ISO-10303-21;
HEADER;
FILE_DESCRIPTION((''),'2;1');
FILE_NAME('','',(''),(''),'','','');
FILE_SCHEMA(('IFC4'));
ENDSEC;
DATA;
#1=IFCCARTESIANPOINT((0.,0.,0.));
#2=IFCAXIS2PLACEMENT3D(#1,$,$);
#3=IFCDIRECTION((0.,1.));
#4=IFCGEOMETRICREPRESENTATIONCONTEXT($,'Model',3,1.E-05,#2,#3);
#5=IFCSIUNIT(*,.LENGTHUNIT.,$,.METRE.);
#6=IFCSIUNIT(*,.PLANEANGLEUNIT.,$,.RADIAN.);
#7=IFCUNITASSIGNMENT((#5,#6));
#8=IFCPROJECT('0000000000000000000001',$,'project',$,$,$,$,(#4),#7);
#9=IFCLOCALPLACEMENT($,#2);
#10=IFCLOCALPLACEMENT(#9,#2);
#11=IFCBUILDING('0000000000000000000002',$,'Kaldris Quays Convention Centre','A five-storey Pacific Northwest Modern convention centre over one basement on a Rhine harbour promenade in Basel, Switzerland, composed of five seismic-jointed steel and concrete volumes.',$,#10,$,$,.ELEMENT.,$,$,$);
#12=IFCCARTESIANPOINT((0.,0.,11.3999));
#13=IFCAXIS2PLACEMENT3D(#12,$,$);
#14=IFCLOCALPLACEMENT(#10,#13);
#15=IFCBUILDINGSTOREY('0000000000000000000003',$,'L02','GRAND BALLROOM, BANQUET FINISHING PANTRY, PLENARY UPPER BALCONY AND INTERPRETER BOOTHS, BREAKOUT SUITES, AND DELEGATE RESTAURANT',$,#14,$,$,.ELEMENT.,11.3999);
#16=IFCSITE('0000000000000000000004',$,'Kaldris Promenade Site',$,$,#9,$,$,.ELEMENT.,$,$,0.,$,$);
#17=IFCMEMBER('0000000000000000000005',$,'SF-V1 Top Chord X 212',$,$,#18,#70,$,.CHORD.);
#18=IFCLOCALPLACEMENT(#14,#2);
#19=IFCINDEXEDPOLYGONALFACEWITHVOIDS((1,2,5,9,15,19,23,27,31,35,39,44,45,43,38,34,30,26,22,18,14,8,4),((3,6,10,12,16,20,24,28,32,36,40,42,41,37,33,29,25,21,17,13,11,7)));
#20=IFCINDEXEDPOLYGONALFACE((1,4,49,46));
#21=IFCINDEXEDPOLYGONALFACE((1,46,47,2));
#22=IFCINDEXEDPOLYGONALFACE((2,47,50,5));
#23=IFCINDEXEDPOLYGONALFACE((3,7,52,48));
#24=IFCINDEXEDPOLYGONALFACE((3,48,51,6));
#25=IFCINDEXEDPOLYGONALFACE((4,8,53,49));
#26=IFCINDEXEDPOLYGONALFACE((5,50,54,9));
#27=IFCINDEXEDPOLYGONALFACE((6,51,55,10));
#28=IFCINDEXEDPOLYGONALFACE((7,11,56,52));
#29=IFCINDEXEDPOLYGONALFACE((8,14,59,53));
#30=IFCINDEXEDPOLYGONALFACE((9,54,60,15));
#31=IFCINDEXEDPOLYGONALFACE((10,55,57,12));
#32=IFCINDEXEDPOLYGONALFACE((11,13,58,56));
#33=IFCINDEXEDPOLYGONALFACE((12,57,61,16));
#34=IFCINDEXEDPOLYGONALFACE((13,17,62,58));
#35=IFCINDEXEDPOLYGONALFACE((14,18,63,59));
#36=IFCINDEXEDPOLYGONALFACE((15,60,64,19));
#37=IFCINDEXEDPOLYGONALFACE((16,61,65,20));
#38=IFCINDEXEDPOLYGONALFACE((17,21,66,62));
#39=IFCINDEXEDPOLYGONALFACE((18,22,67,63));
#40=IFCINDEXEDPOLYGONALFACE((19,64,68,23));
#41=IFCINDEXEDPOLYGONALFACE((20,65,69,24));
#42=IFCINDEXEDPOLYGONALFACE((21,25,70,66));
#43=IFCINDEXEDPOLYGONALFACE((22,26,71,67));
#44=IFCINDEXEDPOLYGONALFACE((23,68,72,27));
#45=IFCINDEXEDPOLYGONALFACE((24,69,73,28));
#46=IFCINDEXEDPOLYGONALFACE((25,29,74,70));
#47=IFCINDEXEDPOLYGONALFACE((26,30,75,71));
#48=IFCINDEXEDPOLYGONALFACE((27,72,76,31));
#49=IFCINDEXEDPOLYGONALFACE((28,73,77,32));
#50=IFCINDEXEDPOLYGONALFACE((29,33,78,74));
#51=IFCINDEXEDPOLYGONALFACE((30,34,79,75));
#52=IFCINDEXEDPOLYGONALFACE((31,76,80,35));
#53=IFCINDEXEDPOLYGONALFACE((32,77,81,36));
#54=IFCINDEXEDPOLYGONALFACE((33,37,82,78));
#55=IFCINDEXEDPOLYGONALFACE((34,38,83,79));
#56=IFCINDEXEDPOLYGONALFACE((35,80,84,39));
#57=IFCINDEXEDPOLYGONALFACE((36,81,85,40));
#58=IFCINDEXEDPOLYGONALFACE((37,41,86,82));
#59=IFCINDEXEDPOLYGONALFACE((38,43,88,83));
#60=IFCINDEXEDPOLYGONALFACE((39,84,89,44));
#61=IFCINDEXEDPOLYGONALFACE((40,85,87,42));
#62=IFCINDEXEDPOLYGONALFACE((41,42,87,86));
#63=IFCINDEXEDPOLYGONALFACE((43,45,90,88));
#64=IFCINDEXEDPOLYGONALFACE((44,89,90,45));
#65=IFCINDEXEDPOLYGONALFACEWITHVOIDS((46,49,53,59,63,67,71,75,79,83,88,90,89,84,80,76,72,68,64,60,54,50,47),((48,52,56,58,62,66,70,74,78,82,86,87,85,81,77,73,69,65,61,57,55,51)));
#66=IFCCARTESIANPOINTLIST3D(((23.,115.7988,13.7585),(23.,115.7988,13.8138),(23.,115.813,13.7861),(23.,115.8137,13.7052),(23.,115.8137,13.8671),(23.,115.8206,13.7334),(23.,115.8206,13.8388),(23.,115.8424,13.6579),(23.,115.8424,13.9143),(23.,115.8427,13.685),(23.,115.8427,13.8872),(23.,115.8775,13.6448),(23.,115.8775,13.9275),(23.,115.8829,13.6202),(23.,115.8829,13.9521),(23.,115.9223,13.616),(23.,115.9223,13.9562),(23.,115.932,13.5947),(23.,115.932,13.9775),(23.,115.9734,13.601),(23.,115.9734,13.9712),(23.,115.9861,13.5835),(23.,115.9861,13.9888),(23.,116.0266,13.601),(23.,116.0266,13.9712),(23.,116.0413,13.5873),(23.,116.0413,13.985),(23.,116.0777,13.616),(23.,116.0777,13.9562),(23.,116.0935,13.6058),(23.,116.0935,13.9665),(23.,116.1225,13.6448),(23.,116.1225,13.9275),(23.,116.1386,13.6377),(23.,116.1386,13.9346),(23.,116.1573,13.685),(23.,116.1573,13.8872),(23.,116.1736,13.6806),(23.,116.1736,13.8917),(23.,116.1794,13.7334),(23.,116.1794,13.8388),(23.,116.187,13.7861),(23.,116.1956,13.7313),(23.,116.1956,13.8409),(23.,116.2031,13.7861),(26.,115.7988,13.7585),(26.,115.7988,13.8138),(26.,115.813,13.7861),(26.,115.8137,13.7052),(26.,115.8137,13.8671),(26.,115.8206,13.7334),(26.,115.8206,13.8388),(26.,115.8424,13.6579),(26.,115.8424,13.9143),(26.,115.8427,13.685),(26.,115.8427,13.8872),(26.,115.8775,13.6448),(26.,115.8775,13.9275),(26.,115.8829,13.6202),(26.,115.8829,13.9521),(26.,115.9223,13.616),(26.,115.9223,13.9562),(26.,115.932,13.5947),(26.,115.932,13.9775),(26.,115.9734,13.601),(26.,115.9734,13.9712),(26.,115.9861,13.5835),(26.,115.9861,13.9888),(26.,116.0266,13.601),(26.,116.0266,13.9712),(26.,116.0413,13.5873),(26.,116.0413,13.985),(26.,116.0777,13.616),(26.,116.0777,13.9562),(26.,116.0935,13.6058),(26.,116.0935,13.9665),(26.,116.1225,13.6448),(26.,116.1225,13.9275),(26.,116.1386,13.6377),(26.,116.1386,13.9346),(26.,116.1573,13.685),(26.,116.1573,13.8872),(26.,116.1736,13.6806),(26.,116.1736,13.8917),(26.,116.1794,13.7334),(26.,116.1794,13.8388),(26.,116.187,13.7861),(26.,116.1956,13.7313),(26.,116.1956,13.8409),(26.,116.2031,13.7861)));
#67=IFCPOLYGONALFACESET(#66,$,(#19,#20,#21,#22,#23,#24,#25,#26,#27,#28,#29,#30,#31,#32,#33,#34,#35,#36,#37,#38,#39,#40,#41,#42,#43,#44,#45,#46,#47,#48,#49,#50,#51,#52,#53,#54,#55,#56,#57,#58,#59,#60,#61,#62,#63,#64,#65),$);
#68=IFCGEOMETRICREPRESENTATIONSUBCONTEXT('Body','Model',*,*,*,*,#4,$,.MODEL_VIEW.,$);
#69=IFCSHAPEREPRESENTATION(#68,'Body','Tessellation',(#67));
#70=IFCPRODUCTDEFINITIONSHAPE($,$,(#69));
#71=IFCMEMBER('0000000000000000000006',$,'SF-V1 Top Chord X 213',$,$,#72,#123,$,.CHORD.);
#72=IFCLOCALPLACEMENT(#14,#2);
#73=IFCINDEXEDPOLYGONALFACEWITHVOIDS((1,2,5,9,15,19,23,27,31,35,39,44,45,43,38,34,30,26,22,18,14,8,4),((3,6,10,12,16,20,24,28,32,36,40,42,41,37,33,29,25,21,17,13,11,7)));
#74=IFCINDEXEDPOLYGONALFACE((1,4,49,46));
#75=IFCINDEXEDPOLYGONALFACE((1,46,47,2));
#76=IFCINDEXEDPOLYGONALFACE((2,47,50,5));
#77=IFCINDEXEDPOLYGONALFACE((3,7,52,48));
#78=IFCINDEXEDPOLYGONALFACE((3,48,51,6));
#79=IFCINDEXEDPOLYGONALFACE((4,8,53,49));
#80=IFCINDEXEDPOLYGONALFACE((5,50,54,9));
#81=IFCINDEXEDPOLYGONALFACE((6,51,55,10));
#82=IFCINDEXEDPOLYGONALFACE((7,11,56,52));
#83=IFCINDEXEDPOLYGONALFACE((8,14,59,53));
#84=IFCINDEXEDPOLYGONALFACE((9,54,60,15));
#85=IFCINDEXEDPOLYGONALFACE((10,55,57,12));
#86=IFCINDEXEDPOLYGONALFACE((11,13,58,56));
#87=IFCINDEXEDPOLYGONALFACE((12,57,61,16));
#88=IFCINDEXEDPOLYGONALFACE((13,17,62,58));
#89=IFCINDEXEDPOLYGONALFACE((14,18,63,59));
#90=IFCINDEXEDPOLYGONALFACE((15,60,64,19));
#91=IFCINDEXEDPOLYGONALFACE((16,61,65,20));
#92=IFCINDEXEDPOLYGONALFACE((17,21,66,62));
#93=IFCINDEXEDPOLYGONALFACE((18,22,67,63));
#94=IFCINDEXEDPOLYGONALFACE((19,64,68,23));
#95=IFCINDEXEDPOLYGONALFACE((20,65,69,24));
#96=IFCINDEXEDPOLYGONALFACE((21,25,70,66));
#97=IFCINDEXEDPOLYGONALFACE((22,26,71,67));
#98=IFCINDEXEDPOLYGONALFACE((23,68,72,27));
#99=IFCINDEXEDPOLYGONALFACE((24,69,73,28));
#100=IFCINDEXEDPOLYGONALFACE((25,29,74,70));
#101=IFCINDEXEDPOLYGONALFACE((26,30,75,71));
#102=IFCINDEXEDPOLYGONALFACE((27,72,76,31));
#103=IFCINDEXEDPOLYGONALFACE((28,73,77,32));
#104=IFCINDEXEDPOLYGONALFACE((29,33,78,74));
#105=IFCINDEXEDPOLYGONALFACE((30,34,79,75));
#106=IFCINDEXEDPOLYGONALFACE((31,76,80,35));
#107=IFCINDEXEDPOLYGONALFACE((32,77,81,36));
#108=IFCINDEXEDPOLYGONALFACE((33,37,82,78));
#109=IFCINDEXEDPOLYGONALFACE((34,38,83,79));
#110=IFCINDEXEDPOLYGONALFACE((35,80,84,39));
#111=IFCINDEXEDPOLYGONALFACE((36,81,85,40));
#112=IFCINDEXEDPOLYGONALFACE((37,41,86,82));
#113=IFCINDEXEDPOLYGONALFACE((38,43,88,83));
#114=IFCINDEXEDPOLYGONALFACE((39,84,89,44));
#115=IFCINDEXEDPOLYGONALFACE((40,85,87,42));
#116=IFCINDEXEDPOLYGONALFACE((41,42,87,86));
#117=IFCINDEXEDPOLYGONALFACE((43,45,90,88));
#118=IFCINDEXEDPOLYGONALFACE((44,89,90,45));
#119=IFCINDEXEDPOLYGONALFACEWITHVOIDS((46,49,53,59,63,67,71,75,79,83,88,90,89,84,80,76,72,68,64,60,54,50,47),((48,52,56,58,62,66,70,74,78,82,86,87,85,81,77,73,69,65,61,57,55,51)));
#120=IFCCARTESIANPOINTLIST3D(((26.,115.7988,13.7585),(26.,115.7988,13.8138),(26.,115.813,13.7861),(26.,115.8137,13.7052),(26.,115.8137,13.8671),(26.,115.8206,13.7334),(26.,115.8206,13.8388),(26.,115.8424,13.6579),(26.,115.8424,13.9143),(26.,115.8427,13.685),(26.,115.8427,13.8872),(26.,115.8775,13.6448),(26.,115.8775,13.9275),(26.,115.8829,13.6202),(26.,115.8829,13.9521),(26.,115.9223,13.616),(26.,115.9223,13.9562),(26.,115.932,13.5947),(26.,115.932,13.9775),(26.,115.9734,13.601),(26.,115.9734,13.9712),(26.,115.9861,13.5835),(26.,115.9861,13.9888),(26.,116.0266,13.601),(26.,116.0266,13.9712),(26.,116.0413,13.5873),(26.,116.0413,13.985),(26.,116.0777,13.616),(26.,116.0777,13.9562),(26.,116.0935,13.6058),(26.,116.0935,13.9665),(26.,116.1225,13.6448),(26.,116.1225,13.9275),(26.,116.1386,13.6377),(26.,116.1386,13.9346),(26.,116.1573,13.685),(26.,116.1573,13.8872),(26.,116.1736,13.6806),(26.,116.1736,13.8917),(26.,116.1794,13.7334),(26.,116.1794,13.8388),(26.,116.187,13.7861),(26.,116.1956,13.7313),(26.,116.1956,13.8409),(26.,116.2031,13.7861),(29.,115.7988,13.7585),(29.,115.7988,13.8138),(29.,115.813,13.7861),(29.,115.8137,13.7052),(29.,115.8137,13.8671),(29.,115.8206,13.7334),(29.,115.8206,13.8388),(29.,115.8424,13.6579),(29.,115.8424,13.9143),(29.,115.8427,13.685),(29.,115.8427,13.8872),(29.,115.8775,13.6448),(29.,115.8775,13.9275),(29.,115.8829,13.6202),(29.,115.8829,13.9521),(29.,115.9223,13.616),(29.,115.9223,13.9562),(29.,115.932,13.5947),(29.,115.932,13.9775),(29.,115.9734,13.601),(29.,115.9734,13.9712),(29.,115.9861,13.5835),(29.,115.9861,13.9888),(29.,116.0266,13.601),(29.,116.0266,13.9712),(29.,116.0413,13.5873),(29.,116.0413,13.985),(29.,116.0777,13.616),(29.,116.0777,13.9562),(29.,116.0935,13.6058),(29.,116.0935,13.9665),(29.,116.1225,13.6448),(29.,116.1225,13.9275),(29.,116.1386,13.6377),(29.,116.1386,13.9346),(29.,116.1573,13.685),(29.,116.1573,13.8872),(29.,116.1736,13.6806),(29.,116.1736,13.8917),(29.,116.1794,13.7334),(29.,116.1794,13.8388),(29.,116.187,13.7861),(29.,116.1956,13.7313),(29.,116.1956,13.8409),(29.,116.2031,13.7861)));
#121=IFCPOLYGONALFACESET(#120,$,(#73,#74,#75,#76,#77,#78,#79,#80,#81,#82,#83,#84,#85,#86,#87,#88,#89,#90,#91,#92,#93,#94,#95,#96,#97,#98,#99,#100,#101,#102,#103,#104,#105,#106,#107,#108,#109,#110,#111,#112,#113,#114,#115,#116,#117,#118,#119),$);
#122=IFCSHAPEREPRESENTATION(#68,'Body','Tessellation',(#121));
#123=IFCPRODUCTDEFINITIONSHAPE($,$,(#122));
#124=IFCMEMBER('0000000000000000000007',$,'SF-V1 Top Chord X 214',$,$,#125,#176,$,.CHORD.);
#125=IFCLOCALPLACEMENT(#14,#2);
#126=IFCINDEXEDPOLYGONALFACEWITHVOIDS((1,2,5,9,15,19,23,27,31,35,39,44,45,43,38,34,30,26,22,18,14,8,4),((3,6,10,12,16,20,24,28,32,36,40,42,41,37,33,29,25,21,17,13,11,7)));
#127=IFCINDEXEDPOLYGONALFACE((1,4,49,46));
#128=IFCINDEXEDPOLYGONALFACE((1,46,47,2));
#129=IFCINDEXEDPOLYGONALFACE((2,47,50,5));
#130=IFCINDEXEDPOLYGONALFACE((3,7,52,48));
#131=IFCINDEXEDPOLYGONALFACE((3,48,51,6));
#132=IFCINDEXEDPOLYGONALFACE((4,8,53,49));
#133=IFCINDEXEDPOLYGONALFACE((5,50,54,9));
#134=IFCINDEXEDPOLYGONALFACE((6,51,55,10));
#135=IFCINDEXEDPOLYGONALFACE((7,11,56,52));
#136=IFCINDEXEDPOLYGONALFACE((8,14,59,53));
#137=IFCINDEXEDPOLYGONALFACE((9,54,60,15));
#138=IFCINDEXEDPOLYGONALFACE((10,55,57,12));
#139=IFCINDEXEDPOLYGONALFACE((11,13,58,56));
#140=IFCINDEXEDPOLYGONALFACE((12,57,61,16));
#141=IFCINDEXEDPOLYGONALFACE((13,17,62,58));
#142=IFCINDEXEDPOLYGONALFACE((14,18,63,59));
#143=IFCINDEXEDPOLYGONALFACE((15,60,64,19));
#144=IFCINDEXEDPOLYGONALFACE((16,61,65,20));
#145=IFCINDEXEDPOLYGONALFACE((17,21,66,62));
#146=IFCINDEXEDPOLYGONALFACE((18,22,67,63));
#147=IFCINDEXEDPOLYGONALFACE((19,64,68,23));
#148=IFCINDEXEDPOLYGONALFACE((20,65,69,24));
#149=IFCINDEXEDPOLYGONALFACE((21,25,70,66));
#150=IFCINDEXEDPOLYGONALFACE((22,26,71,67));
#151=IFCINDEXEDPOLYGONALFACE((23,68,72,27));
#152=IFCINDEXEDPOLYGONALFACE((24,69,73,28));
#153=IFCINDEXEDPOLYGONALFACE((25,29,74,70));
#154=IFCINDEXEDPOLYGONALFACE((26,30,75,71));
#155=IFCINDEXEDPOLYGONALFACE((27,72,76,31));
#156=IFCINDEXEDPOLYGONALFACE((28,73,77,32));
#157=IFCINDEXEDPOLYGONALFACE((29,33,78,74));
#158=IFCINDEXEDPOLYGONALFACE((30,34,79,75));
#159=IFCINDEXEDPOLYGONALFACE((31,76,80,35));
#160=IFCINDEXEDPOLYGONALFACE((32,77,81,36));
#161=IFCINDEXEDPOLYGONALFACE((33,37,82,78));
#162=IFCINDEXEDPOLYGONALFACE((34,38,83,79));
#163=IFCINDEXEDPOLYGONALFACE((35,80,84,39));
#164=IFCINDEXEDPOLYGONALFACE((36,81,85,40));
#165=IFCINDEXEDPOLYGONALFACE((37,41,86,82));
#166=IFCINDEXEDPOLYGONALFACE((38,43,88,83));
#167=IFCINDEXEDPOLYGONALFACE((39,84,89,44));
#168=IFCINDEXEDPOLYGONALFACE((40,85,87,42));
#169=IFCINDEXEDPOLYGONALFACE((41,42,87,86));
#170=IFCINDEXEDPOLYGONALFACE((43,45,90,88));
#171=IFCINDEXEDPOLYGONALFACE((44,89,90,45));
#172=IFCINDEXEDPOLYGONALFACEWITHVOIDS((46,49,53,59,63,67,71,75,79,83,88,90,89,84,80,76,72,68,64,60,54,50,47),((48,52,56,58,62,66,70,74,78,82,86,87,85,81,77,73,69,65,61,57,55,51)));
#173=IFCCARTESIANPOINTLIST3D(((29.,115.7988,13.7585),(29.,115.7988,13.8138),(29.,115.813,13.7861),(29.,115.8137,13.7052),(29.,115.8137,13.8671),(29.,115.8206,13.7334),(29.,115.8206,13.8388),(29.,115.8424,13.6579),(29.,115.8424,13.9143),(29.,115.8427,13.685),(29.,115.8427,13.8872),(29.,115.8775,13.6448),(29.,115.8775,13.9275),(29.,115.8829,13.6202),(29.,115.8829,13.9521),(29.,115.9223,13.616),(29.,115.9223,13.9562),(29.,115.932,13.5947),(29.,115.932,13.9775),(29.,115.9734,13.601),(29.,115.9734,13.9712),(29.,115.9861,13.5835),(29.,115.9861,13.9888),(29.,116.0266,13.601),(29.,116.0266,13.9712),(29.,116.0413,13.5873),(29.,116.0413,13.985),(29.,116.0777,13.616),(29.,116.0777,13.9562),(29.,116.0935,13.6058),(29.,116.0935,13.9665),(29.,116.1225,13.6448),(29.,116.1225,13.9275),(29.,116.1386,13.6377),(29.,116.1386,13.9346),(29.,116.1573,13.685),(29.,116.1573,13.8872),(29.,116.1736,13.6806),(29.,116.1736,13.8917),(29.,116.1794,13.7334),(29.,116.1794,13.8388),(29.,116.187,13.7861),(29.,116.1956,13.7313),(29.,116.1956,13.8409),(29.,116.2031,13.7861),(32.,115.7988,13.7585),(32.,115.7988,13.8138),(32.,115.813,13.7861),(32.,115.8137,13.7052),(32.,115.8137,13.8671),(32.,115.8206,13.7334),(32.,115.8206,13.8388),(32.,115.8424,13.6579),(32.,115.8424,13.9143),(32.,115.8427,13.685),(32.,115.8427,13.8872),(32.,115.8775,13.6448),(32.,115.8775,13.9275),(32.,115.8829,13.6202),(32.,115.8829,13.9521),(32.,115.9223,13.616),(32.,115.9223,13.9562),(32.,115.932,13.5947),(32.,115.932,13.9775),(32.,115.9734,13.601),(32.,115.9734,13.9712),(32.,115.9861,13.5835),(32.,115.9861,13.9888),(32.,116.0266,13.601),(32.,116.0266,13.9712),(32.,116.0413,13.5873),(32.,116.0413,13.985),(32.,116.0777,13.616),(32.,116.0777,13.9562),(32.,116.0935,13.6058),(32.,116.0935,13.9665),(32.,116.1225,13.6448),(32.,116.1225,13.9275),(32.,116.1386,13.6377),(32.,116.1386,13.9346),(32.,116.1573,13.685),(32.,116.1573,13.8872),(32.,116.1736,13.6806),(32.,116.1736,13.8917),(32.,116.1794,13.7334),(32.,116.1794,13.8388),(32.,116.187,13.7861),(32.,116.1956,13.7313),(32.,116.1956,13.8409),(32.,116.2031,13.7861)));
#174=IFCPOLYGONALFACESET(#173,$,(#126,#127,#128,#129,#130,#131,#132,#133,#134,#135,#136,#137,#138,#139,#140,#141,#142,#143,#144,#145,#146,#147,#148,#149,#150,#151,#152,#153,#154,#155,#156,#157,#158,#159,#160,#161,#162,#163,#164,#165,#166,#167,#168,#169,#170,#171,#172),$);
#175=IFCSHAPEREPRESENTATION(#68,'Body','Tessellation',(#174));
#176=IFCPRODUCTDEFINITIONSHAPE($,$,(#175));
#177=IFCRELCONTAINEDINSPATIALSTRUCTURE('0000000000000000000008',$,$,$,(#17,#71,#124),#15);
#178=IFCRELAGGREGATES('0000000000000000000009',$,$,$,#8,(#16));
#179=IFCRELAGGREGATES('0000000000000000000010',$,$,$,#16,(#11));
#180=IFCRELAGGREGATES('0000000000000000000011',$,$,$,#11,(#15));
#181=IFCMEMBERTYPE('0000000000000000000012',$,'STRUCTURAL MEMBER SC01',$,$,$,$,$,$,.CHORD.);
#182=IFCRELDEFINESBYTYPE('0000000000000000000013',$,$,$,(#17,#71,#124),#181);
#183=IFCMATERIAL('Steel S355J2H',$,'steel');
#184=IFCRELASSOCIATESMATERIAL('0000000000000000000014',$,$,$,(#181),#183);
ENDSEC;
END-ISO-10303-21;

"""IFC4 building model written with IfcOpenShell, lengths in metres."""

from ifc_helpers import new_model, si_unit, direction, frame, origin, origin_2d, place, context, subcontext, project, spatial, hollow_circle, extrude, material, material_profile, profile_set, type_object, element, save


model = new_model("IFC4")

# Units and contexts
model_context = context("Model", 3, precision=1e-05, world=origin(), true_north=direction((0.0, 1.0)))
body_context = subcontext(model_context, "Body", "Model", "MODEL_VIEW")
ifc_project = project(units=[si_unit("LENGTHUNIT", "METRE"), si_unit("PLANEANGLEUNIT", "RADIAN")], contexts=[model_context])

# Site, building, storey
site_placement = place(None, origin())
site = spatial("IfcSite", under=ifc_project, at=site_placement, Name="Kaldris Promenade Site", CompositionType="ELEMENT", RefElevation=0.0)
building_placement = place(site_placement, origin())
building = spatial("IfcBuilding", under=site, at=building_placement, Name="Kaldris Quays Convention Centre", Description="A five-storey Pacific Northwest Modern convention centre over one basement on a Rhine harbour promenade in Basel, Switzerland, composed of five seismic-jointed steel and concrete volumes.", CompositionType="ELEMENT")
storey_placement = place(building_placement, frame((0.0, 0.0, 11.3999)))
storey = spatial("IfcBuildingStorey", under=building, at=storey_placement, Name="L02", Description="GRAND BALLROOM, BANQUET FINISHING PANTRY, PLENARY UPPER BALCONY AND INTERPRETER BOOTHS, BREAKOUT SUITES, AND DELEGATE RESTAURANT", CompositionType="ELEMENT", Elevation=11.3999)

# Members
ifc_material_1 = material(Name="Steel S355J2H", Category="steel")
ifc_material_profile_1 = material_profile(ifc_material_1, hollow_circle(Radius=0.2031, WallThickness=0.0161, at=origin_2d()), Name="CHS 406.4x16")
ifc_profile_set_1 = profile_set([ifc_material_profile_1], Name="Steel S355J2H")
member_type_1 = type_object("IfcMemberType", Name="STRUCTURAL MEMBER SC01", PredefinedType="CHORD", material=ifc_profile_set_1)
for number, where, z_axis, x_axis, name in (
    (1, (23.0, 116.0, 13.7861), (1.0, 0.0, 0.0), (0.0, 1.0, 0.0), "SF-V1 Top Chord X 212"),
    (2, (26.0, 116.0, 13.7861), (1.0, 0.0, 0.0), (0.0, 1.0, 0.0), "SF-V1 Top Chord X 213"),
    (3, (29.0, 116.0, 13.7861), (1.0, 0.0, 0.0), (0.0, 1.0, 0.0), "SF-V1 Top Chord X 214"),
):
    element("IfcMember", number, at=place(storey_placement, frame(where, z_axis=z_axis, x_axis=x_axis)), inside=storey, type_object=member_type_1, Name=name, PredefinedType="CHORD", context=body_context, shape_type="SweptSolid", body=[
        extrude(hollow_circle(Radius=0.2031, WallThickness=0.0161, at=origin_2d()), origin(), (0.0, 0.0, 1.0), 3.0),
    ])

save(model, "model.ifc")
